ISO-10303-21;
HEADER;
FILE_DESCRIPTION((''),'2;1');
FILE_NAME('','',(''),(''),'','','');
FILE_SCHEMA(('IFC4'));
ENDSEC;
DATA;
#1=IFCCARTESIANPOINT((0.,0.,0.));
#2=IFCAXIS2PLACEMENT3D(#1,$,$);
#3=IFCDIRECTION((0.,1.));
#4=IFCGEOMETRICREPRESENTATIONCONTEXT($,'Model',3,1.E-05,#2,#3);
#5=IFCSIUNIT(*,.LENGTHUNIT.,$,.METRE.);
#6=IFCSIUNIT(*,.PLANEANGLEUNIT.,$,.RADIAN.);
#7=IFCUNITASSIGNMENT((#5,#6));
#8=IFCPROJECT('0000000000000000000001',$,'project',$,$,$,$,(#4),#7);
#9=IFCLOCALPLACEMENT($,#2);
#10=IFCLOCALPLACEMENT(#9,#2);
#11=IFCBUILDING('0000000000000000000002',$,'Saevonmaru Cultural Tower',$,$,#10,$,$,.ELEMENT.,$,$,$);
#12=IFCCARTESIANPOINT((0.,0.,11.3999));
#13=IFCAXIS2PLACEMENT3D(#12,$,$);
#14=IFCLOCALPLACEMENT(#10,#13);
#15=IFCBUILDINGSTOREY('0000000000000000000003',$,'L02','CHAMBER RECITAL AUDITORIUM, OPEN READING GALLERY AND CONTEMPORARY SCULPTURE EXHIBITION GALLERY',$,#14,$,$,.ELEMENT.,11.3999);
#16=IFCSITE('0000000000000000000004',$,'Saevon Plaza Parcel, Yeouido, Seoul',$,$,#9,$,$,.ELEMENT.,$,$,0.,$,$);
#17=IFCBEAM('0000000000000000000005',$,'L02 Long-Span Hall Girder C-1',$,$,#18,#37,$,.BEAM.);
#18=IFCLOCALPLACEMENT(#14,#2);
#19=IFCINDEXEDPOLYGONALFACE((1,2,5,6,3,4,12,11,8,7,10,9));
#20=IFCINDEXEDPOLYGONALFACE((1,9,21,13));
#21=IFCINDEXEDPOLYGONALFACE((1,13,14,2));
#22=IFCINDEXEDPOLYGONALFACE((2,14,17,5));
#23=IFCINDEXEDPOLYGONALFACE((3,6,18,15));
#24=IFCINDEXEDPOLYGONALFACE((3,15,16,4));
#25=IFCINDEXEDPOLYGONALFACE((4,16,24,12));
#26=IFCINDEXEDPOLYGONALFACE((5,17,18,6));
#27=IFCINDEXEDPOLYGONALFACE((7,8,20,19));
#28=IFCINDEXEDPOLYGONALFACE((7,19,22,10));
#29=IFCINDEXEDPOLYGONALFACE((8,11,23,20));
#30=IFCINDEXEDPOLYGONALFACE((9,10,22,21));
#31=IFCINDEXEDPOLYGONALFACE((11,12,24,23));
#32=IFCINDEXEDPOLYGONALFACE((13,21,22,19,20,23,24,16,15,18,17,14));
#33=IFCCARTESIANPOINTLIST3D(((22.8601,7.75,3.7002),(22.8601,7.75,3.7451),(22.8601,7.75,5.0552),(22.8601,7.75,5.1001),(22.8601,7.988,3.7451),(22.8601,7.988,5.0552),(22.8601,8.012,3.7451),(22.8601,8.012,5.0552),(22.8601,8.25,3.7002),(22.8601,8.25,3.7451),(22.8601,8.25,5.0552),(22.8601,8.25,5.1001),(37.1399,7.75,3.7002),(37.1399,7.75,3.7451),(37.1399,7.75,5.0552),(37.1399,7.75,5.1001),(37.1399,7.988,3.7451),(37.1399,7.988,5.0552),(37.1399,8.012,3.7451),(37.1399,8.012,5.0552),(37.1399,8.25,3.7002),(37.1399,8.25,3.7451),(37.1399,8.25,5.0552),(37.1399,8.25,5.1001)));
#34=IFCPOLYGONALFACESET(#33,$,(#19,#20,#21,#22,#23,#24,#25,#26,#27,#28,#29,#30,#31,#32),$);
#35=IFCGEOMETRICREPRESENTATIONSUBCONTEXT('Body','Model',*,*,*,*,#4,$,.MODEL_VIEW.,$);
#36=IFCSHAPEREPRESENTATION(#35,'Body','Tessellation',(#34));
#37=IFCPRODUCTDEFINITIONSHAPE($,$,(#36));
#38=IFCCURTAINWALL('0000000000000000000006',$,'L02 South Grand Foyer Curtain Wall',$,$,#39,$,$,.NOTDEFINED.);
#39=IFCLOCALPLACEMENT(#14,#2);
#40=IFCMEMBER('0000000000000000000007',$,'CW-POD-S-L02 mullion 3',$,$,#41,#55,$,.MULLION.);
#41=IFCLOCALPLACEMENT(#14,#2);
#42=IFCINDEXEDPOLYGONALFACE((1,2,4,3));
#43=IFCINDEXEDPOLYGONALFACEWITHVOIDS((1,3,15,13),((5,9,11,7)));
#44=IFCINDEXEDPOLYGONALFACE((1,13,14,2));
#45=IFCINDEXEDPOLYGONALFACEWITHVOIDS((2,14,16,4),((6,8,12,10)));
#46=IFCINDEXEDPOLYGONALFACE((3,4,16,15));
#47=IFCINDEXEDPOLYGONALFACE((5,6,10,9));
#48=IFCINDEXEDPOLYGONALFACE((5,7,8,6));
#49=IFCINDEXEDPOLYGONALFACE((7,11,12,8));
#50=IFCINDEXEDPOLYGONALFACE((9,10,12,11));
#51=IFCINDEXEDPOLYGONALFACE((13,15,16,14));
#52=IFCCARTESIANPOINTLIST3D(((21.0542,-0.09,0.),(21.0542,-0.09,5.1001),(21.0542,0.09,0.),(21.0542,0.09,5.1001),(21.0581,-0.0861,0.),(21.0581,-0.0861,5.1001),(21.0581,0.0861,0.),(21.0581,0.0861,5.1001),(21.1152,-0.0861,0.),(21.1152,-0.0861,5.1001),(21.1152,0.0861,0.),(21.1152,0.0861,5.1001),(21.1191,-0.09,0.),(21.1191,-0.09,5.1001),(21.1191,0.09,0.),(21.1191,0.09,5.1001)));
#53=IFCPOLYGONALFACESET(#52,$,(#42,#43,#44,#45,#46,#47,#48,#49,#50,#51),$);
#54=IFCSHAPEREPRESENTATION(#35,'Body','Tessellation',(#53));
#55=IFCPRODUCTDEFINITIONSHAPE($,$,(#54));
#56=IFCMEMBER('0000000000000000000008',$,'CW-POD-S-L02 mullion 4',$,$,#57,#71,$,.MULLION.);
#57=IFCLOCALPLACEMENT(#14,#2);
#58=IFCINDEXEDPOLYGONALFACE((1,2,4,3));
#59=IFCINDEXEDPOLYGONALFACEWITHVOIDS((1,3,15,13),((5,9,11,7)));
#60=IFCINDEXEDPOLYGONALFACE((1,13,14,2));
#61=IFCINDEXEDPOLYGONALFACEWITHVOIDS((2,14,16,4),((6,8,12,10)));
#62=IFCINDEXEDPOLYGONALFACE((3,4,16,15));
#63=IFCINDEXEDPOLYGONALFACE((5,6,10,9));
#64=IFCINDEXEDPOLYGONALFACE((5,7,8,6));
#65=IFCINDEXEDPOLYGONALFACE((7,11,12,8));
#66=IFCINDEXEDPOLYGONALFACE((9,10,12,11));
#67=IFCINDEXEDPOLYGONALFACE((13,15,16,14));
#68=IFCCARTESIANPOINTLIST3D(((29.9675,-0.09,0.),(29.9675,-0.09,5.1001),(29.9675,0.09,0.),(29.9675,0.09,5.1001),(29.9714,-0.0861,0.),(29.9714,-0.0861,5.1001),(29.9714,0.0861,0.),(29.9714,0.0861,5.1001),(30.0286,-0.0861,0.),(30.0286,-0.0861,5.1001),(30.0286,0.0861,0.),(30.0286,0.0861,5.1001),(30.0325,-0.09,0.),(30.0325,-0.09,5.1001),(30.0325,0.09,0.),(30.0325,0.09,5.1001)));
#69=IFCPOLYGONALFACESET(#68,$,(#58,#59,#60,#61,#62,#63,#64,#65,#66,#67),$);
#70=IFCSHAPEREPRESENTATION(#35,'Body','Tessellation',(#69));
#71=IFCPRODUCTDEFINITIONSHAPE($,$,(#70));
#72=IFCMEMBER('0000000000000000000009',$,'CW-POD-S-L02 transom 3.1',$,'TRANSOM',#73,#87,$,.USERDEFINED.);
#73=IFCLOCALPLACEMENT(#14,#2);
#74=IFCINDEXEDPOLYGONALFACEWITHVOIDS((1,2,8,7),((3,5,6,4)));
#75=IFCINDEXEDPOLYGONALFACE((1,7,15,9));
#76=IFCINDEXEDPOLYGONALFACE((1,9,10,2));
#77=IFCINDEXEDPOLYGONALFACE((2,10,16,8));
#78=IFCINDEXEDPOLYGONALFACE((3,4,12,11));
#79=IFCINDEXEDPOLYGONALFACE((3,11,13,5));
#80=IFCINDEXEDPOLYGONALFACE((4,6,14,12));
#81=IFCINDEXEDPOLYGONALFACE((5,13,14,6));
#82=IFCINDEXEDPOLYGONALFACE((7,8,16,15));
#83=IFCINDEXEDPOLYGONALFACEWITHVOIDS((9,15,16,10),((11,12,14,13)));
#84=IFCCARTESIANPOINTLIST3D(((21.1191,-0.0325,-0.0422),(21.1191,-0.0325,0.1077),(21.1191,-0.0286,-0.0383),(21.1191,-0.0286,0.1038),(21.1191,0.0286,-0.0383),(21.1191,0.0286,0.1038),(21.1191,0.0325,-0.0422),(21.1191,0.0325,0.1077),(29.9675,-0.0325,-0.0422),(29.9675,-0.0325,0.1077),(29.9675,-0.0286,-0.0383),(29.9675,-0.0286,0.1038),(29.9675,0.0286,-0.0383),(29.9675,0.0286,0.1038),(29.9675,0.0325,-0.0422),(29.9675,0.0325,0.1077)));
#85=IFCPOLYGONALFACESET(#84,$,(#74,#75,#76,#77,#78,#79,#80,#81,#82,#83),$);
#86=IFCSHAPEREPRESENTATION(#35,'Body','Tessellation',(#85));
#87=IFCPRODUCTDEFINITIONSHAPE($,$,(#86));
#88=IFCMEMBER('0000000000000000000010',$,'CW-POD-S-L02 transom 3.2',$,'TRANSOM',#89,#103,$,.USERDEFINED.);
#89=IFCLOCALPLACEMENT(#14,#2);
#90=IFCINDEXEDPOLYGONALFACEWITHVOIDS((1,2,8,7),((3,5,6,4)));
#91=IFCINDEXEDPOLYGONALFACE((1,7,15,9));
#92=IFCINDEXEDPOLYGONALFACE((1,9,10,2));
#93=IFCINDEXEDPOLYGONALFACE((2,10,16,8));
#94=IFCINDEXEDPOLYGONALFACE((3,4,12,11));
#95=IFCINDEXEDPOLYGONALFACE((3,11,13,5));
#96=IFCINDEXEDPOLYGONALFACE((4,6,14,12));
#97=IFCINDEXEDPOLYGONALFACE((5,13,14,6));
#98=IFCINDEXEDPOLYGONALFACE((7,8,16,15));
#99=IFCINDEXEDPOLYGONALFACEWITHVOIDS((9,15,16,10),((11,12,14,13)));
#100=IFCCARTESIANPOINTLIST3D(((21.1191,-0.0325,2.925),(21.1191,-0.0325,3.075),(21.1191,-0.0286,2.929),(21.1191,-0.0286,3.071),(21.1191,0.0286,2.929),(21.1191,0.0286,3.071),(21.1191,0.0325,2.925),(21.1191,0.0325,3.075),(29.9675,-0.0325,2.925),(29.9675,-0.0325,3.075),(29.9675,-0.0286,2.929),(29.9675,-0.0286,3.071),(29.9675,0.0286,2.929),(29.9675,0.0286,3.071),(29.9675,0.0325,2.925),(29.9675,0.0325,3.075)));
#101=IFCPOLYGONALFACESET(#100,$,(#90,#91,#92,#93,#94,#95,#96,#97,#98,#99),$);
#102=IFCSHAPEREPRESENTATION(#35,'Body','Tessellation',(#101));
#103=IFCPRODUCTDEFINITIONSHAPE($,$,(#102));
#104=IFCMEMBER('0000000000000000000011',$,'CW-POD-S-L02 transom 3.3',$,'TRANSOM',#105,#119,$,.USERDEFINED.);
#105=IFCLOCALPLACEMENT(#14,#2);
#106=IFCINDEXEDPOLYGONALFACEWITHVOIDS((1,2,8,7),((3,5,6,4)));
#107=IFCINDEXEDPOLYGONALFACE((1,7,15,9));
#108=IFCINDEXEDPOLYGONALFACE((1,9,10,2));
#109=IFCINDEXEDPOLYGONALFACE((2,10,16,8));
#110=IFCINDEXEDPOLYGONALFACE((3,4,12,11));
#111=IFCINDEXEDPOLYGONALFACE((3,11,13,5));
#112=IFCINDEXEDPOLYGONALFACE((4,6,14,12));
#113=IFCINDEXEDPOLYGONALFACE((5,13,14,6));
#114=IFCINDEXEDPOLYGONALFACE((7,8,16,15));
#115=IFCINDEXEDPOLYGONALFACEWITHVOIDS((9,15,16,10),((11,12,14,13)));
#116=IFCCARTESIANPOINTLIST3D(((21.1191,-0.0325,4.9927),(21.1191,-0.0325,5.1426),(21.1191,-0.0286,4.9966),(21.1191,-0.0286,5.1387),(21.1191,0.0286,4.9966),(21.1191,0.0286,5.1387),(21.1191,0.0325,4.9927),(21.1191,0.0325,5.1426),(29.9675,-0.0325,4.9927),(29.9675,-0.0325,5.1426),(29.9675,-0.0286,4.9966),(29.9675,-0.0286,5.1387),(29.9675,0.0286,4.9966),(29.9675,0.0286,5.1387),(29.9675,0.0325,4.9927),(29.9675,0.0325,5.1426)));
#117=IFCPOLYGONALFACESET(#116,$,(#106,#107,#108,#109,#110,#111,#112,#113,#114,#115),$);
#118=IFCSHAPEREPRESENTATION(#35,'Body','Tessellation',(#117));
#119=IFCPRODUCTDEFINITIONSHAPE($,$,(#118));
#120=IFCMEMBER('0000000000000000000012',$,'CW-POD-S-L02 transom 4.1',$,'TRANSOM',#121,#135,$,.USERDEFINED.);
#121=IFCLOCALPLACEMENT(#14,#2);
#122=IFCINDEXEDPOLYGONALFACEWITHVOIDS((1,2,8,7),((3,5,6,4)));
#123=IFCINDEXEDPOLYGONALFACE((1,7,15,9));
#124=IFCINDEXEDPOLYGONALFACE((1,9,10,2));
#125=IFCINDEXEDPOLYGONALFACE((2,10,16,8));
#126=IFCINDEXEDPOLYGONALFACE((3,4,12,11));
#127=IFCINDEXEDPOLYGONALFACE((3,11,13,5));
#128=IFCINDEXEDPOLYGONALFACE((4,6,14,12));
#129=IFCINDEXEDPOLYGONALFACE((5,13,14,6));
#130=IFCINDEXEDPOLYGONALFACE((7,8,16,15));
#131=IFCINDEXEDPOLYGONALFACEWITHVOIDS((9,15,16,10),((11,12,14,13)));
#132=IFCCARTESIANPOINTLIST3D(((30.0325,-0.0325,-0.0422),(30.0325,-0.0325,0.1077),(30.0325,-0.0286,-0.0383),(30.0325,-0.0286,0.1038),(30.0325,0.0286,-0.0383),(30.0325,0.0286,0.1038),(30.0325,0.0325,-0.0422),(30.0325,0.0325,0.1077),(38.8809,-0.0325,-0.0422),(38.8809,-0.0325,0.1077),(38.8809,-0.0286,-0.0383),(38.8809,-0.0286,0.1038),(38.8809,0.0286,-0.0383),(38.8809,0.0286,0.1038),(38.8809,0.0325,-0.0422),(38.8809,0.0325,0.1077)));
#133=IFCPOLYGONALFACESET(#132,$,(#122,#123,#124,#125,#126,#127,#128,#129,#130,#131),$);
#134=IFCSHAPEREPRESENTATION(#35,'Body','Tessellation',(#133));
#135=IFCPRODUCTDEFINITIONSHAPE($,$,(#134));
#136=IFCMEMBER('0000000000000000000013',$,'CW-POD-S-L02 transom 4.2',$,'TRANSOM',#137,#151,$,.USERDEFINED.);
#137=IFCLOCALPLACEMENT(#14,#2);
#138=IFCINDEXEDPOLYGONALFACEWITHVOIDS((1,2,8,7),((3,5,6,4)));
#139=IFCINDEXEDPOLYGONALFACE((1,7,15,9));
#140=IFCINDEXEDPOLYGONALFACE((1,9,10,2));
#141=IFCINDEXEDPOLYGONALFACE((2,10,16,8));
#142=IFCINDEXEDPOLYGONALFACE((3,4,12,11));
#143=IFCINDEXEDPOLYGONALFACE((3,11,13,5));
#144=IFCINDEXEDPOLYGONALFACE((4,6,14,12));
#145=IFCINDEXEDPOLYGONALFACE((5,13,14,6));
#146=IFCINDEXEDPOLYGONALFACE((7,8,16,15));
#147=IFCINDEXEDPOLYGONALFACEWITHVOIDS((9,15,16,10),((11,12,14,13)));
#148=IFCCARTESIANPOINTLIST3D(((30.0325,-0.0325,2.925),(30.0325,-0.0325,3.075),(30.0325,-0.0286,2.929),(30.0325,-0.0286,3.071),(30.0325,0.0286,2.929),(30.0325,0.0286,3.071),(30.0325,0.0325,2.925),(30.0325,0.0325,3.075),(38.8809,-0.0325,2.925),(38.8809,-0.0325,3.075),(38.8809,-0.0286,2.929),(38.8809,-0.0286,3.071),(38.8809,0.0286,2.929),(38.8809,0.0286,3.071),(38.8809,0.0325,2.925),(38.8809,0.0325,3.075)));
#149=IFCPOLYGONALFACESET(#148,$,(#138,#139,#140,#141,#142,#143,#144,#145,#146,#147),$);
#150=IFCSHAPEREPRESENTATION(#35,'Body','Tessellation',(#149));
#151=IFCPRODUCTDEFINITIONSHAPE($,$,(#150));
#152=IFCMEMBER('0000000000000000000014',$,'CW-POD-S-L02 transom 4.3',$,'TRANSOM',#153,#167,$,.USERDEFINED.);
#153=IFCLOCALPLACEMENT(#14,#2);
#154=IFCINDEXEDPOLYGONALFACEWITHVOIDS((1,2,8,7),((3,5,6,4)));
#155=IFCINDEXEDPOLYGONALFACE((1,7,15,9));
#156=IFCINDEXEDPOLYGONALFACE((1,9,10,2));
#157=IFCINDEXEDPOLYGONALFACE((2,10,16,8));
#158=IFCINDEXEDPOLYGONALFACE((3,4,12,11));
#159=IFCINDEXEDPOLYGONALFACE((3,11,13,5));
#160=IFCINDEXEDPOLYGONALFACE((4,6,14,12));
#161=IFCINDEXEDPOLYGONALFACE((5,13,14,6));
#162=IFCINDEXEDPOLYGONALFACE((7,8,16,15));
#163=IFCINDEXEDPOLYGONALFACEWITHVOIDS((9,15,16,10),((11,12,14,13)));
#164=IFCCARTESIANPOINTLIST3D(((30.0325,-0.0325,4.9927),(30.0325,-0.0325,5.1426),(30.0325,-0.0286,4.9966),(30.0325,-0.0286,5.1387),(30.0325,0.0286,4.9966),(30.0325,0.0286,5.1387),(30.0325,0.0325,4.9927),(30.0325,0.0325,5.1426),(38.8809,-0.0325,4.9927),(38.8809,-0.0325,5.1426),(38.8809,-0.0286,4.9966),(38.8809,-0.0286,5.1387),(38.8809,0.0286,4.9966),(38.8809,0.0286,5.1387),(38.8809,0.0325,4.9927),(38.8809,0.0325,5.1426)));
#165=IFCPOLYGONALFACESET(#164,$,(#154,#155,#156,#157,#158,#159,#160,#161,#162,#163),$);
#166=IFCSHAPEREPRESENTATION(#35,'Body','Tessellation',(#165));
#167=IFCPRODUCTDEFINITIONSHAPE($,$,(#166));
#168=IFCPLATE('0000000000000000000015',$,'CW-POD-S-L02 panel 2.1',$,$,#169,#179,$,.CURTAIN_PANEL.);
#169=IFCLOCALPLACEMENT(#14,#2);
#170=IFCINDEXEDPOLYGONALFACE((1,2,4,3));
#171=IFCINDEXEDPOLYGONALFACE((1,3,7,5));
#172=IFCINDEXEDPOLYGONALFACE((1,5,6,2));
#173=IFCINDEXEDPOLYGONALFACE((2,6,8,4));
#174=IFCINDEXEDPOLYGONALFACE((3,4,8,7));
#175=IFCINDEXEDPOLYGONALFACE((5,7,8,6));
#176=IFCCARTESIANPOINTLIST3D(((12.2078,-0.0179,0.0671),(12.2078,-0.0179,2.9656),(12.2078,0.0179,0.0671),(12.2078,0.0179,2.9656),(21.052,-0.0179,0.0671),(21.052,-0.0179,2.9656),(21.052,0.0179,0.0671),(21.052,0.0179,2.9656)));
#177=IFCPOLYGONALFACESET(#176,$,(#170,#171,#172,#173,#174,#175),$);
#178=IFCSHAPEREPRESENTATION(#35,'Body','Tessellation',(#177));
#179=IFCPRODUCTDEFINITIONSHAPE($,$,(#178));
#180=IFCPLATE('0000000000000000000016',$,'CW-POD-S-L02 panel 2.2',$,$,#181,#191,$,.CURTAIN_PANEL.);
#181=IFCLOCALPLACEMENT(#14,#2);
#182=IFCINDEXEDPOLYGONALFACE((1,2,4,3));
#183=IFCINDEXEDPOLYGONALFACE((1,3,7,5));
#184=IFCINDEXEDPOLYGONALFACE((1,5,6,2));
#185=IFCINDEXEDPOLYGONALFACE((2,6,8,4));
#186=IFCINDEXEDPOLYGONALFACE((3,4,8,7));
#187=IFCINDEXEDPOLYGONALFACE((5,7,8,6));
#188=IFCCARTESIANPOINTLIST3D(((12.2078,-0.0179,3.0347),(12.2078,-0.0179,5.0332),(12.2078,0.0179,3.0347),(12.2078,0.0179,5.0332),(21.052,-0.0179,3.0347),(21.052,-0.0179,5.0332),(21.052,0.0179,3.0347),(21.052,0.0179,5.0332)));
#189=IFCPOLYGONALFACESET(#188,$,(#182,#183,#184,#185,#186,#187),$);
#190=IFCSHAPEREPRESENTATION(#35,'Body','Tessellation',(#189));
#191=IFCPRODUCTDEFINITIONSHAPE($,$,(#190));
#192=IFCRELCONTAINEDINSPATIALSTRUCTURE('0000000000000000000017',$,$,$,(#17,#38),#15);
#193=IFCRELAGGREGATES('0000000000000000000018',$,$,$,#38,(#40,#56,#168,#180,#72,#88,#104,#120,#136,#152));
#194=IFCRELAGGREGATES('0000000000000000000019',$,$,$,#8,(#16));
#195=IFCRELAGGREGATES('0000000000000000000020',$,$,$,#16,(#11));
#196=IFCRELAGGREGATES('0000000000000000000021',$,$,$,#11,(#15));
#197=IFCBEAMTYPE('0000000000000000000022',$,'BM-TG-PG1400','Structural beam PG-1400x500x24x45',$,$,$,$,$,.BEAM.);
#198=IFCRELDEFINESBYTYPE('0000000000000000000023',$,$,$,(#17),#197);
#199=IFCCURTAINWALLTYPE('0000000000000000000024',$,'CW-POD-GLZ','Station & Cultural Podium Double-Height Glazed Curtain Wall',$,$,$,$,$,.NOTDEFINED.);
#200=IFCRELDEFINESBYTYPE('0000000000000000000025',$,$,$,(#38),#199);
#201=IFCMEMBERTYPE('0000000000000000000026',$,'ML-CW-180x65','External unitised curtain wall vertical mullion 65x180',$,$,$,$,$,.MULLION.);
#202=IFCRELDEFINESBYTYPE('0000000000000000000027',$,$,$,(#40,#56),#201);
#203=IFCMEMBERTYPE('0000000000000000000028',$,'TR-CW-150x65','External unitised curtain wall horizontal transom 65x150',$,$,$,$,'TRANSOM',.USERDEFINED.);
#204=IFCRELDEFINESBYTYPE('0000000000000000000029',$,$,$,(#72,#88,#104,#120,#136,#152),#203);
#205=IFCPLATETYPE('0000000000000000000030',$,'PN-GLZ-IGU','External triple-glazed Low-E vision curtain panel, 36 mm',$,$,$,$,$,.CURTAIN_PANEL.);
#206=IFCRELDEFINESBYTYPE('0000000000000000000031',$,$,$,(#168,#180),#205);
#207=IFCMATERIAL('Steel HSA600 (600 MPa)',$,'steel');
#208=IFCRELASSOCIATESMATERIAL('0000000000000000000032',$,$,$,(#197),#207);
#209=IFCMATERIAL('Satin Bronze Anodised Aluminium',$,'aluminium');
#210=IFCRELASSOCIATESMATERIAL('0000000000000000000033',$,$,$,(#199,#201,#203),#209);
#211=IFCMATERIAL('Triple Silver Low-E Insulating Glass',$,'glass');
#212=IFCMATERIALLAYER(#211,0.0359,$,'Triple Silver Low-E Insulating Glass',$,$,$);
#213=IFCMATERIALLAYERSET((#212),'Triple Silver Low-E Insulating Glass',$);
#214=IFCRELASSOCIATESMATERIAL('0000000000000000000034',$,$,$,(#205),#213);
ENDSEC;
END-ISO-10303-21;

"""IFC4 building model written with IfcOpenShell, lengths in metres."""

from ifc_helpers import new_model, si_unit, direction, frame, origin, origin_2d, place, context, subcontext, project, spatial, rectangle, hollow_rectangle, i_section, extrude, material, layer, layer_set, material_profile, profile_set, type_object, element, aggregate, save


model = new_model("IFC4")

# Units and contexts
model_context = context("Model", 3, precision=1e-05, world=origin(), true_north=direction((0.0, 1.0)))
body_context = subcontext(model_context, "Body", "Model", "MODEL_VIEW")
ifc_project = project(units=[si_unit("LENGTHUNIT", "METRE"), si_unit("PLANEANGLEUNIT", "RADIAN")], contexts=[model_context])

# Site, building, storey
site_placement = place(None, origin())
site = spatial("IfcSite", under=ifc_project, at=site_placement, Name="Saevon Plaza Parcel, Yeouido, Seoul", CompositionType="ELEMENT", RefElevation=0.0)
building_placement = place(site_placement, origin())
building = spatial("IfcBuilding", under=site, at=building_placement, Name="Saevonmaru Cultural Tower", CompositionType="ELEMENT")
storey_placement = place(building_placement, frame((0.0, 0.0, 11.3999)))
storey = spatial("IfcBuildingStorey", under=building, at=storey_placement, Name="L02", Description="CHAMBER RECITAL AUDITORIUM, OPEN READING GALLERY AND CONTEMPORARY SCULPTURE EXHIBITION GALLERY", CompositionType="ELEMENT", Elevation=11.3999)

# Shared definitions
ifc_material_1 = material(Name="Steel HSA600 (600 MPa)", Category="steel")

# Beam
ifc_material_profile_1 = material_profile(ifc_material_1, i_section(OverallWidth=0.5, OverallDepth=1.3999, WebThickness=0.0239, FlangeThickness=0.0449, at=origin_2d()), Name="PG-1400x500x24x45")
ifc_profile_set_1 = profile_set([ifc_material_profile_1], Name="Steel HSA600 (600 MPa)")
beam_type_1 = type_object("IfcBeamType", Name="BM-TG-PG1400", Description="Structural beam PG-1400x500x24x45", PredefinedType="BEAM", material=ifc_profile_set_1)
beam_1_placement = place(storey_placement, frame((22.8601, 8.0, 4.4001), z_axis=(1.0, 0.0, 0.0), x_axis=(0.0, 1.0, 0.0)))
element("IfcBeam", 1, at=beam_1_placement, inside=storey, type_object=beam_type_1, Name="L02 Long-Span Hall Girder C-1", PredefinedType="BEAM", context=body_context, shape_type="SweptSolid", body=[
    extrude(i_section(OverallWidth=0.5, OverallDepth=1.3999, WebThickness=0.0239, FlangeThickness=0.0449, at=origin_2d()), origin(), (0.0, 0.0, 1.0), 14.2798),
])

# Curtain wall, members, plates
ifc_material_2 = material(Name="Satin Bronze Anodised Aluminium", Category="aluminium")
curtain_wall_type = type_object("IfcCurtainWallType", Name="CW-POD-GLZ", Description="Station & Cultural Podium Double-Height Glazed Curtain Wall", PredefinedType="NOTDEFINED", material=ifc_material_2)
curtain_wall_placement = place(storey_placement, origin())
curtain_wall = element("IfcCurtainWall", 2, at=curtain_wall_placement, inside=storey, type_object=curtain_wall_type, Name="L02 South Grand Foyer Curtain Wall", PredefinedType="NOTDEFINED")
ifc_material_profile_2 = material_profile(ifc_material_2, hollow_rectangle(XDim=0.0649, YDim=0.1799, WallThickness=0.0039, at=origin_2d()), Name="ALU-MULL-180x65x4")
ifc_profile_set_2 = profile_set([ifc_material_profile_2], Name="Satin Bronze Anodised Aluminium")
member_type_1 = type_object("IfcMemberType", Name="ML-CW-180x65", Description="External unitised curtain wall vertical mullion 65x180", PredefinedType="MULLION", material=ifc_profile_set_2)
member_1_placement = place(storey_placement, frame((21.0867, 0.0, 0.0), z_axis=(0.0, 0.0, 1.0), x_axis=(1.0, 0.0, 0.0)))
member_1 = element("IfcMember", 3, at=member_1_placement, type_object=member_type_1, Name="CW-POD-S-L02 mullion 3", PredefinedType="MULLION", context=body_context, shape_type="SweptSolid", body=[
    extrude(hollow_rectangle(XDim=0.0649, YDim=0.1799, WallThickness=0.0039, at=origin_2d()), origin(), (0.0, 0.0, 1.0), 5.1001),
])
member_2_placement = place(storey_placement, frame((30.0, 0.0, 0.0), z_axis=(0.0, 0.0, 1.0), x_axis=(1.0, 0.0, 0.0)))
member_2 = element("IfcMember", 4, at=member_2_placement, type_object=member_type_1, Name="CW-POD-S-L02 mullion 4", PredefinedType="MULLION", context=body_context, shape_type="SweptSolid", body=[
    extrude(hollow_rectangle(XDim=0.0649, YDim=0.1799, WallThickness=0.0039, at=origin_2d()), origin(), (0.0, 0.0, 1.0), 5.1001),
])
ifc_material_profile_3 = material_profile(ifc_material_2, hollow_rectangle(XDim=0.0649, YDim=0.1499, WallThickness=0.0039, at=origin_2d()), Name="ALU-TRAN-150x65x4")
ifc_profile_set_3 = profile_set([ifc_material_profile_3], Name="Satin Bronze Anodised Aluminium")
member_type_2 = type_object("IfcMemberType", Name="TR-CW-150x65", Description="External unitised curtain wall horizontal transom 65x150", ElementType="TRANSOM", PredefinedType="USERDEFINED", material=ifc_profile_set_3)
member_3_placement = place(storey_placement, frame((21.1191, 0.0, 0.0327), z_axis=(1.0, 0.0, 0.0), x_axis=(0.0, 1.0, 0.0)))
member_3 = element("IfcMember", 5, at=member_3_placement, type_object=member_type_2, Name="CW-POD-S-L02 transom 3.1", ObjectType="TRANSOM", PredefinedType="USERDEFINED", context=body_context, shape_type="SweptSolid", body=[
    extrude(hollow_rectangle(XDim=0.0649, YDim=0.1499, WallThickness=0.0039, at=origin_2d()), origin(), (0.0, 0.0, 1.0), 8.8484),
])
member_4_placement = place(storey_placement, frame((21.1191, 0.0, 3.0), z_axis=(1.0, 0.0, 0.0), x_axis=(0.0, 1.0, 0.0)))
member_4 = element("IfcMember", 6, at=member_4_placement, type_object=member_type_2, Name="CW-POD-S-L02 transom 3.2", ObjectType="TRANSOM", PredefinedType="USERDEFINED", context=body_context, shape_type="SweptSolid", body=[
    extrude(hollow_rectangle(XDim=0.0649, YDim=0.1499, WallThickness=0.0039, at=origin_2d()), origin(), (0.0, 0.0, 1.0), 8.8484),
])
member_5_placement = place(storey_placement, frame((21.1191, 0.0, 5.0676), z_axis=(1.0, 0.0, 0.0), x_axis=(0.0, 1.0, 0.0)))
member_5 = element("IfcMember", 7, at=member_5_placement, type_object=member_type_2, Name="CW-POD-S-L02 transom 3.3", ObjectType="TRANSOM", PredefinedType="USERDEFINED", context=body_context, shape_type="SweptSolid", body=[
    extrude(hollow_rectangle(XDim=0.0649, YDim=0.1499, WallThickness=0.0039, at=origin_2d()), origin(), (0.0, 0.0, 1.0), 8.8484),
])
member_6_placement = place(storey_placement, frame((30.0325, 0.0, 0.0327), z_axis=(1.0, 0.0, 0.0), x_axis=(0.0, 1.0, 0.0)))
member_6 = element("IfcMember", 8, at=member_6_placement, type_object=member_type_2, Name="CW-POD-S-L02 transom 4.1", ObjectType="TRANSOM", PredefinedType="USERDEFINED", context=body_context, shape_type="SweptSolid", body=[
    extrude(hollow_rectangle(XDim=0.0649, YDim=0.1499, WallThickness=0.0039, at=origin_2d()), origin(), (0.0, 0.0, 1.0), 8.8484),
])
member_7_placement = place(storey_placement, frame((30.0325, 0.0, 3.0), z_axis=(1.0, 0.0, 0.0), x_axis=(0.0, 1.0, 0.0)))
member_7 = element("IfcMember", 9, at=member_7_placement, type_object=member_type_2, Name="CW-POD-S-L02 transom 4.2", ObjectType="TRANSOM", PredefinedType="USERDEFINED", context=body_context, shape_type="SweptSolid", body=[
    extrude(hollow_rectangle(XDim=0.0649, YDim=0.1499, WallThickness=0.0039, at=origin_2d()), origin(), (0.0, 0.0, 1.0), 8.8484),
])
member_8_placement = place(storey_placement, frame((30.0325, 0.0, 5.0676), z_axis=(1.0, 0.0, 0.0), x_axis=(0.0, 1.0, 0.0)))
member_8 = element("IfcMember", 10, at=member_8_placement, type_object=member_type_2, Name="CW-POD-S-L02 transom 4.3", ObjectType="TRANSOM", PredefinedType="USERDEFINED", context=body_context, shape_type="SweptSolid", body=[
    extrude(hollow_rectangle(XDim=0.0649, YDim=0.1499, WallThickness=0.0039, at=origin_2d()), origin(), (0.0, 0.0, 1.0), 8.8484),
])
ifc_material_3 = material(Name="Triple Silver Low-E Insulating Glass", Category="glass")
ifc_layer_1 = layer(ifc_material_3, 0.0359, Name="Triple Silver Low-E Insulating Glass")
ifc_layer_set_1 = layer_set([ifc_layer_1], Name="Triple Silver Low-E Insulating Glass")
plate_type = type_object("IfcPlateType", Name="PN-GLZ-IGU", Description="External triple-glazed Low-E vision curtain panel, 36 mm", PredefinedType="CURTAIN_PANEL", material=ifc_layer_set_1)
plate_1_placement = place(storey_placement, frame((16.6299, 0.0, 0.0671), z_axis=(0.0, 0.0, 1.0), x_axis=(1.0, 0.0, 0.0)))
plate_1 = element("IfcPlate", 11, at=plate_1_placement, type_object=plate_type, Name="CW-POD-S-L02 panel 2.1", PredefinedType="CURTAIN_PANEL", context=body_context, shape_type="SweptSolid", body=[
    extrude(rectangle(XDim=8.8442, YDim=0.0359, at=origin_2d()), origin(), (0.0, 0.0, 1.0), 2.8984),
])
plate_2_placement = place(storey_placement, frame((16.6299, 0.0, 3.0347), z_axis=(0.0, 0.0, 1.0), x_axis=(1.0, 0.0, 0.0)))
plate_2 = element("IfcPlate", 12, at=plate_2_placement, type_object=plate_type, Name="CW-POD-S-L02 panel 2.2", PredefinedType="CURTAIN_PANEL", context=body_context, shape_type="SweptSolid", body=[
    extrude(rectangle(XDim=8.8442, YDim=0.0359, at=origin_2d()), origin(), (0.0, 0.0, 1.0), 1.9985),
])
aggregate(curtain_wall, [member_1, member_2, plate_1, plate_2, member_3, member_4, member_5, member_6, member_7, member_8])

save(model, "model.ifc")
